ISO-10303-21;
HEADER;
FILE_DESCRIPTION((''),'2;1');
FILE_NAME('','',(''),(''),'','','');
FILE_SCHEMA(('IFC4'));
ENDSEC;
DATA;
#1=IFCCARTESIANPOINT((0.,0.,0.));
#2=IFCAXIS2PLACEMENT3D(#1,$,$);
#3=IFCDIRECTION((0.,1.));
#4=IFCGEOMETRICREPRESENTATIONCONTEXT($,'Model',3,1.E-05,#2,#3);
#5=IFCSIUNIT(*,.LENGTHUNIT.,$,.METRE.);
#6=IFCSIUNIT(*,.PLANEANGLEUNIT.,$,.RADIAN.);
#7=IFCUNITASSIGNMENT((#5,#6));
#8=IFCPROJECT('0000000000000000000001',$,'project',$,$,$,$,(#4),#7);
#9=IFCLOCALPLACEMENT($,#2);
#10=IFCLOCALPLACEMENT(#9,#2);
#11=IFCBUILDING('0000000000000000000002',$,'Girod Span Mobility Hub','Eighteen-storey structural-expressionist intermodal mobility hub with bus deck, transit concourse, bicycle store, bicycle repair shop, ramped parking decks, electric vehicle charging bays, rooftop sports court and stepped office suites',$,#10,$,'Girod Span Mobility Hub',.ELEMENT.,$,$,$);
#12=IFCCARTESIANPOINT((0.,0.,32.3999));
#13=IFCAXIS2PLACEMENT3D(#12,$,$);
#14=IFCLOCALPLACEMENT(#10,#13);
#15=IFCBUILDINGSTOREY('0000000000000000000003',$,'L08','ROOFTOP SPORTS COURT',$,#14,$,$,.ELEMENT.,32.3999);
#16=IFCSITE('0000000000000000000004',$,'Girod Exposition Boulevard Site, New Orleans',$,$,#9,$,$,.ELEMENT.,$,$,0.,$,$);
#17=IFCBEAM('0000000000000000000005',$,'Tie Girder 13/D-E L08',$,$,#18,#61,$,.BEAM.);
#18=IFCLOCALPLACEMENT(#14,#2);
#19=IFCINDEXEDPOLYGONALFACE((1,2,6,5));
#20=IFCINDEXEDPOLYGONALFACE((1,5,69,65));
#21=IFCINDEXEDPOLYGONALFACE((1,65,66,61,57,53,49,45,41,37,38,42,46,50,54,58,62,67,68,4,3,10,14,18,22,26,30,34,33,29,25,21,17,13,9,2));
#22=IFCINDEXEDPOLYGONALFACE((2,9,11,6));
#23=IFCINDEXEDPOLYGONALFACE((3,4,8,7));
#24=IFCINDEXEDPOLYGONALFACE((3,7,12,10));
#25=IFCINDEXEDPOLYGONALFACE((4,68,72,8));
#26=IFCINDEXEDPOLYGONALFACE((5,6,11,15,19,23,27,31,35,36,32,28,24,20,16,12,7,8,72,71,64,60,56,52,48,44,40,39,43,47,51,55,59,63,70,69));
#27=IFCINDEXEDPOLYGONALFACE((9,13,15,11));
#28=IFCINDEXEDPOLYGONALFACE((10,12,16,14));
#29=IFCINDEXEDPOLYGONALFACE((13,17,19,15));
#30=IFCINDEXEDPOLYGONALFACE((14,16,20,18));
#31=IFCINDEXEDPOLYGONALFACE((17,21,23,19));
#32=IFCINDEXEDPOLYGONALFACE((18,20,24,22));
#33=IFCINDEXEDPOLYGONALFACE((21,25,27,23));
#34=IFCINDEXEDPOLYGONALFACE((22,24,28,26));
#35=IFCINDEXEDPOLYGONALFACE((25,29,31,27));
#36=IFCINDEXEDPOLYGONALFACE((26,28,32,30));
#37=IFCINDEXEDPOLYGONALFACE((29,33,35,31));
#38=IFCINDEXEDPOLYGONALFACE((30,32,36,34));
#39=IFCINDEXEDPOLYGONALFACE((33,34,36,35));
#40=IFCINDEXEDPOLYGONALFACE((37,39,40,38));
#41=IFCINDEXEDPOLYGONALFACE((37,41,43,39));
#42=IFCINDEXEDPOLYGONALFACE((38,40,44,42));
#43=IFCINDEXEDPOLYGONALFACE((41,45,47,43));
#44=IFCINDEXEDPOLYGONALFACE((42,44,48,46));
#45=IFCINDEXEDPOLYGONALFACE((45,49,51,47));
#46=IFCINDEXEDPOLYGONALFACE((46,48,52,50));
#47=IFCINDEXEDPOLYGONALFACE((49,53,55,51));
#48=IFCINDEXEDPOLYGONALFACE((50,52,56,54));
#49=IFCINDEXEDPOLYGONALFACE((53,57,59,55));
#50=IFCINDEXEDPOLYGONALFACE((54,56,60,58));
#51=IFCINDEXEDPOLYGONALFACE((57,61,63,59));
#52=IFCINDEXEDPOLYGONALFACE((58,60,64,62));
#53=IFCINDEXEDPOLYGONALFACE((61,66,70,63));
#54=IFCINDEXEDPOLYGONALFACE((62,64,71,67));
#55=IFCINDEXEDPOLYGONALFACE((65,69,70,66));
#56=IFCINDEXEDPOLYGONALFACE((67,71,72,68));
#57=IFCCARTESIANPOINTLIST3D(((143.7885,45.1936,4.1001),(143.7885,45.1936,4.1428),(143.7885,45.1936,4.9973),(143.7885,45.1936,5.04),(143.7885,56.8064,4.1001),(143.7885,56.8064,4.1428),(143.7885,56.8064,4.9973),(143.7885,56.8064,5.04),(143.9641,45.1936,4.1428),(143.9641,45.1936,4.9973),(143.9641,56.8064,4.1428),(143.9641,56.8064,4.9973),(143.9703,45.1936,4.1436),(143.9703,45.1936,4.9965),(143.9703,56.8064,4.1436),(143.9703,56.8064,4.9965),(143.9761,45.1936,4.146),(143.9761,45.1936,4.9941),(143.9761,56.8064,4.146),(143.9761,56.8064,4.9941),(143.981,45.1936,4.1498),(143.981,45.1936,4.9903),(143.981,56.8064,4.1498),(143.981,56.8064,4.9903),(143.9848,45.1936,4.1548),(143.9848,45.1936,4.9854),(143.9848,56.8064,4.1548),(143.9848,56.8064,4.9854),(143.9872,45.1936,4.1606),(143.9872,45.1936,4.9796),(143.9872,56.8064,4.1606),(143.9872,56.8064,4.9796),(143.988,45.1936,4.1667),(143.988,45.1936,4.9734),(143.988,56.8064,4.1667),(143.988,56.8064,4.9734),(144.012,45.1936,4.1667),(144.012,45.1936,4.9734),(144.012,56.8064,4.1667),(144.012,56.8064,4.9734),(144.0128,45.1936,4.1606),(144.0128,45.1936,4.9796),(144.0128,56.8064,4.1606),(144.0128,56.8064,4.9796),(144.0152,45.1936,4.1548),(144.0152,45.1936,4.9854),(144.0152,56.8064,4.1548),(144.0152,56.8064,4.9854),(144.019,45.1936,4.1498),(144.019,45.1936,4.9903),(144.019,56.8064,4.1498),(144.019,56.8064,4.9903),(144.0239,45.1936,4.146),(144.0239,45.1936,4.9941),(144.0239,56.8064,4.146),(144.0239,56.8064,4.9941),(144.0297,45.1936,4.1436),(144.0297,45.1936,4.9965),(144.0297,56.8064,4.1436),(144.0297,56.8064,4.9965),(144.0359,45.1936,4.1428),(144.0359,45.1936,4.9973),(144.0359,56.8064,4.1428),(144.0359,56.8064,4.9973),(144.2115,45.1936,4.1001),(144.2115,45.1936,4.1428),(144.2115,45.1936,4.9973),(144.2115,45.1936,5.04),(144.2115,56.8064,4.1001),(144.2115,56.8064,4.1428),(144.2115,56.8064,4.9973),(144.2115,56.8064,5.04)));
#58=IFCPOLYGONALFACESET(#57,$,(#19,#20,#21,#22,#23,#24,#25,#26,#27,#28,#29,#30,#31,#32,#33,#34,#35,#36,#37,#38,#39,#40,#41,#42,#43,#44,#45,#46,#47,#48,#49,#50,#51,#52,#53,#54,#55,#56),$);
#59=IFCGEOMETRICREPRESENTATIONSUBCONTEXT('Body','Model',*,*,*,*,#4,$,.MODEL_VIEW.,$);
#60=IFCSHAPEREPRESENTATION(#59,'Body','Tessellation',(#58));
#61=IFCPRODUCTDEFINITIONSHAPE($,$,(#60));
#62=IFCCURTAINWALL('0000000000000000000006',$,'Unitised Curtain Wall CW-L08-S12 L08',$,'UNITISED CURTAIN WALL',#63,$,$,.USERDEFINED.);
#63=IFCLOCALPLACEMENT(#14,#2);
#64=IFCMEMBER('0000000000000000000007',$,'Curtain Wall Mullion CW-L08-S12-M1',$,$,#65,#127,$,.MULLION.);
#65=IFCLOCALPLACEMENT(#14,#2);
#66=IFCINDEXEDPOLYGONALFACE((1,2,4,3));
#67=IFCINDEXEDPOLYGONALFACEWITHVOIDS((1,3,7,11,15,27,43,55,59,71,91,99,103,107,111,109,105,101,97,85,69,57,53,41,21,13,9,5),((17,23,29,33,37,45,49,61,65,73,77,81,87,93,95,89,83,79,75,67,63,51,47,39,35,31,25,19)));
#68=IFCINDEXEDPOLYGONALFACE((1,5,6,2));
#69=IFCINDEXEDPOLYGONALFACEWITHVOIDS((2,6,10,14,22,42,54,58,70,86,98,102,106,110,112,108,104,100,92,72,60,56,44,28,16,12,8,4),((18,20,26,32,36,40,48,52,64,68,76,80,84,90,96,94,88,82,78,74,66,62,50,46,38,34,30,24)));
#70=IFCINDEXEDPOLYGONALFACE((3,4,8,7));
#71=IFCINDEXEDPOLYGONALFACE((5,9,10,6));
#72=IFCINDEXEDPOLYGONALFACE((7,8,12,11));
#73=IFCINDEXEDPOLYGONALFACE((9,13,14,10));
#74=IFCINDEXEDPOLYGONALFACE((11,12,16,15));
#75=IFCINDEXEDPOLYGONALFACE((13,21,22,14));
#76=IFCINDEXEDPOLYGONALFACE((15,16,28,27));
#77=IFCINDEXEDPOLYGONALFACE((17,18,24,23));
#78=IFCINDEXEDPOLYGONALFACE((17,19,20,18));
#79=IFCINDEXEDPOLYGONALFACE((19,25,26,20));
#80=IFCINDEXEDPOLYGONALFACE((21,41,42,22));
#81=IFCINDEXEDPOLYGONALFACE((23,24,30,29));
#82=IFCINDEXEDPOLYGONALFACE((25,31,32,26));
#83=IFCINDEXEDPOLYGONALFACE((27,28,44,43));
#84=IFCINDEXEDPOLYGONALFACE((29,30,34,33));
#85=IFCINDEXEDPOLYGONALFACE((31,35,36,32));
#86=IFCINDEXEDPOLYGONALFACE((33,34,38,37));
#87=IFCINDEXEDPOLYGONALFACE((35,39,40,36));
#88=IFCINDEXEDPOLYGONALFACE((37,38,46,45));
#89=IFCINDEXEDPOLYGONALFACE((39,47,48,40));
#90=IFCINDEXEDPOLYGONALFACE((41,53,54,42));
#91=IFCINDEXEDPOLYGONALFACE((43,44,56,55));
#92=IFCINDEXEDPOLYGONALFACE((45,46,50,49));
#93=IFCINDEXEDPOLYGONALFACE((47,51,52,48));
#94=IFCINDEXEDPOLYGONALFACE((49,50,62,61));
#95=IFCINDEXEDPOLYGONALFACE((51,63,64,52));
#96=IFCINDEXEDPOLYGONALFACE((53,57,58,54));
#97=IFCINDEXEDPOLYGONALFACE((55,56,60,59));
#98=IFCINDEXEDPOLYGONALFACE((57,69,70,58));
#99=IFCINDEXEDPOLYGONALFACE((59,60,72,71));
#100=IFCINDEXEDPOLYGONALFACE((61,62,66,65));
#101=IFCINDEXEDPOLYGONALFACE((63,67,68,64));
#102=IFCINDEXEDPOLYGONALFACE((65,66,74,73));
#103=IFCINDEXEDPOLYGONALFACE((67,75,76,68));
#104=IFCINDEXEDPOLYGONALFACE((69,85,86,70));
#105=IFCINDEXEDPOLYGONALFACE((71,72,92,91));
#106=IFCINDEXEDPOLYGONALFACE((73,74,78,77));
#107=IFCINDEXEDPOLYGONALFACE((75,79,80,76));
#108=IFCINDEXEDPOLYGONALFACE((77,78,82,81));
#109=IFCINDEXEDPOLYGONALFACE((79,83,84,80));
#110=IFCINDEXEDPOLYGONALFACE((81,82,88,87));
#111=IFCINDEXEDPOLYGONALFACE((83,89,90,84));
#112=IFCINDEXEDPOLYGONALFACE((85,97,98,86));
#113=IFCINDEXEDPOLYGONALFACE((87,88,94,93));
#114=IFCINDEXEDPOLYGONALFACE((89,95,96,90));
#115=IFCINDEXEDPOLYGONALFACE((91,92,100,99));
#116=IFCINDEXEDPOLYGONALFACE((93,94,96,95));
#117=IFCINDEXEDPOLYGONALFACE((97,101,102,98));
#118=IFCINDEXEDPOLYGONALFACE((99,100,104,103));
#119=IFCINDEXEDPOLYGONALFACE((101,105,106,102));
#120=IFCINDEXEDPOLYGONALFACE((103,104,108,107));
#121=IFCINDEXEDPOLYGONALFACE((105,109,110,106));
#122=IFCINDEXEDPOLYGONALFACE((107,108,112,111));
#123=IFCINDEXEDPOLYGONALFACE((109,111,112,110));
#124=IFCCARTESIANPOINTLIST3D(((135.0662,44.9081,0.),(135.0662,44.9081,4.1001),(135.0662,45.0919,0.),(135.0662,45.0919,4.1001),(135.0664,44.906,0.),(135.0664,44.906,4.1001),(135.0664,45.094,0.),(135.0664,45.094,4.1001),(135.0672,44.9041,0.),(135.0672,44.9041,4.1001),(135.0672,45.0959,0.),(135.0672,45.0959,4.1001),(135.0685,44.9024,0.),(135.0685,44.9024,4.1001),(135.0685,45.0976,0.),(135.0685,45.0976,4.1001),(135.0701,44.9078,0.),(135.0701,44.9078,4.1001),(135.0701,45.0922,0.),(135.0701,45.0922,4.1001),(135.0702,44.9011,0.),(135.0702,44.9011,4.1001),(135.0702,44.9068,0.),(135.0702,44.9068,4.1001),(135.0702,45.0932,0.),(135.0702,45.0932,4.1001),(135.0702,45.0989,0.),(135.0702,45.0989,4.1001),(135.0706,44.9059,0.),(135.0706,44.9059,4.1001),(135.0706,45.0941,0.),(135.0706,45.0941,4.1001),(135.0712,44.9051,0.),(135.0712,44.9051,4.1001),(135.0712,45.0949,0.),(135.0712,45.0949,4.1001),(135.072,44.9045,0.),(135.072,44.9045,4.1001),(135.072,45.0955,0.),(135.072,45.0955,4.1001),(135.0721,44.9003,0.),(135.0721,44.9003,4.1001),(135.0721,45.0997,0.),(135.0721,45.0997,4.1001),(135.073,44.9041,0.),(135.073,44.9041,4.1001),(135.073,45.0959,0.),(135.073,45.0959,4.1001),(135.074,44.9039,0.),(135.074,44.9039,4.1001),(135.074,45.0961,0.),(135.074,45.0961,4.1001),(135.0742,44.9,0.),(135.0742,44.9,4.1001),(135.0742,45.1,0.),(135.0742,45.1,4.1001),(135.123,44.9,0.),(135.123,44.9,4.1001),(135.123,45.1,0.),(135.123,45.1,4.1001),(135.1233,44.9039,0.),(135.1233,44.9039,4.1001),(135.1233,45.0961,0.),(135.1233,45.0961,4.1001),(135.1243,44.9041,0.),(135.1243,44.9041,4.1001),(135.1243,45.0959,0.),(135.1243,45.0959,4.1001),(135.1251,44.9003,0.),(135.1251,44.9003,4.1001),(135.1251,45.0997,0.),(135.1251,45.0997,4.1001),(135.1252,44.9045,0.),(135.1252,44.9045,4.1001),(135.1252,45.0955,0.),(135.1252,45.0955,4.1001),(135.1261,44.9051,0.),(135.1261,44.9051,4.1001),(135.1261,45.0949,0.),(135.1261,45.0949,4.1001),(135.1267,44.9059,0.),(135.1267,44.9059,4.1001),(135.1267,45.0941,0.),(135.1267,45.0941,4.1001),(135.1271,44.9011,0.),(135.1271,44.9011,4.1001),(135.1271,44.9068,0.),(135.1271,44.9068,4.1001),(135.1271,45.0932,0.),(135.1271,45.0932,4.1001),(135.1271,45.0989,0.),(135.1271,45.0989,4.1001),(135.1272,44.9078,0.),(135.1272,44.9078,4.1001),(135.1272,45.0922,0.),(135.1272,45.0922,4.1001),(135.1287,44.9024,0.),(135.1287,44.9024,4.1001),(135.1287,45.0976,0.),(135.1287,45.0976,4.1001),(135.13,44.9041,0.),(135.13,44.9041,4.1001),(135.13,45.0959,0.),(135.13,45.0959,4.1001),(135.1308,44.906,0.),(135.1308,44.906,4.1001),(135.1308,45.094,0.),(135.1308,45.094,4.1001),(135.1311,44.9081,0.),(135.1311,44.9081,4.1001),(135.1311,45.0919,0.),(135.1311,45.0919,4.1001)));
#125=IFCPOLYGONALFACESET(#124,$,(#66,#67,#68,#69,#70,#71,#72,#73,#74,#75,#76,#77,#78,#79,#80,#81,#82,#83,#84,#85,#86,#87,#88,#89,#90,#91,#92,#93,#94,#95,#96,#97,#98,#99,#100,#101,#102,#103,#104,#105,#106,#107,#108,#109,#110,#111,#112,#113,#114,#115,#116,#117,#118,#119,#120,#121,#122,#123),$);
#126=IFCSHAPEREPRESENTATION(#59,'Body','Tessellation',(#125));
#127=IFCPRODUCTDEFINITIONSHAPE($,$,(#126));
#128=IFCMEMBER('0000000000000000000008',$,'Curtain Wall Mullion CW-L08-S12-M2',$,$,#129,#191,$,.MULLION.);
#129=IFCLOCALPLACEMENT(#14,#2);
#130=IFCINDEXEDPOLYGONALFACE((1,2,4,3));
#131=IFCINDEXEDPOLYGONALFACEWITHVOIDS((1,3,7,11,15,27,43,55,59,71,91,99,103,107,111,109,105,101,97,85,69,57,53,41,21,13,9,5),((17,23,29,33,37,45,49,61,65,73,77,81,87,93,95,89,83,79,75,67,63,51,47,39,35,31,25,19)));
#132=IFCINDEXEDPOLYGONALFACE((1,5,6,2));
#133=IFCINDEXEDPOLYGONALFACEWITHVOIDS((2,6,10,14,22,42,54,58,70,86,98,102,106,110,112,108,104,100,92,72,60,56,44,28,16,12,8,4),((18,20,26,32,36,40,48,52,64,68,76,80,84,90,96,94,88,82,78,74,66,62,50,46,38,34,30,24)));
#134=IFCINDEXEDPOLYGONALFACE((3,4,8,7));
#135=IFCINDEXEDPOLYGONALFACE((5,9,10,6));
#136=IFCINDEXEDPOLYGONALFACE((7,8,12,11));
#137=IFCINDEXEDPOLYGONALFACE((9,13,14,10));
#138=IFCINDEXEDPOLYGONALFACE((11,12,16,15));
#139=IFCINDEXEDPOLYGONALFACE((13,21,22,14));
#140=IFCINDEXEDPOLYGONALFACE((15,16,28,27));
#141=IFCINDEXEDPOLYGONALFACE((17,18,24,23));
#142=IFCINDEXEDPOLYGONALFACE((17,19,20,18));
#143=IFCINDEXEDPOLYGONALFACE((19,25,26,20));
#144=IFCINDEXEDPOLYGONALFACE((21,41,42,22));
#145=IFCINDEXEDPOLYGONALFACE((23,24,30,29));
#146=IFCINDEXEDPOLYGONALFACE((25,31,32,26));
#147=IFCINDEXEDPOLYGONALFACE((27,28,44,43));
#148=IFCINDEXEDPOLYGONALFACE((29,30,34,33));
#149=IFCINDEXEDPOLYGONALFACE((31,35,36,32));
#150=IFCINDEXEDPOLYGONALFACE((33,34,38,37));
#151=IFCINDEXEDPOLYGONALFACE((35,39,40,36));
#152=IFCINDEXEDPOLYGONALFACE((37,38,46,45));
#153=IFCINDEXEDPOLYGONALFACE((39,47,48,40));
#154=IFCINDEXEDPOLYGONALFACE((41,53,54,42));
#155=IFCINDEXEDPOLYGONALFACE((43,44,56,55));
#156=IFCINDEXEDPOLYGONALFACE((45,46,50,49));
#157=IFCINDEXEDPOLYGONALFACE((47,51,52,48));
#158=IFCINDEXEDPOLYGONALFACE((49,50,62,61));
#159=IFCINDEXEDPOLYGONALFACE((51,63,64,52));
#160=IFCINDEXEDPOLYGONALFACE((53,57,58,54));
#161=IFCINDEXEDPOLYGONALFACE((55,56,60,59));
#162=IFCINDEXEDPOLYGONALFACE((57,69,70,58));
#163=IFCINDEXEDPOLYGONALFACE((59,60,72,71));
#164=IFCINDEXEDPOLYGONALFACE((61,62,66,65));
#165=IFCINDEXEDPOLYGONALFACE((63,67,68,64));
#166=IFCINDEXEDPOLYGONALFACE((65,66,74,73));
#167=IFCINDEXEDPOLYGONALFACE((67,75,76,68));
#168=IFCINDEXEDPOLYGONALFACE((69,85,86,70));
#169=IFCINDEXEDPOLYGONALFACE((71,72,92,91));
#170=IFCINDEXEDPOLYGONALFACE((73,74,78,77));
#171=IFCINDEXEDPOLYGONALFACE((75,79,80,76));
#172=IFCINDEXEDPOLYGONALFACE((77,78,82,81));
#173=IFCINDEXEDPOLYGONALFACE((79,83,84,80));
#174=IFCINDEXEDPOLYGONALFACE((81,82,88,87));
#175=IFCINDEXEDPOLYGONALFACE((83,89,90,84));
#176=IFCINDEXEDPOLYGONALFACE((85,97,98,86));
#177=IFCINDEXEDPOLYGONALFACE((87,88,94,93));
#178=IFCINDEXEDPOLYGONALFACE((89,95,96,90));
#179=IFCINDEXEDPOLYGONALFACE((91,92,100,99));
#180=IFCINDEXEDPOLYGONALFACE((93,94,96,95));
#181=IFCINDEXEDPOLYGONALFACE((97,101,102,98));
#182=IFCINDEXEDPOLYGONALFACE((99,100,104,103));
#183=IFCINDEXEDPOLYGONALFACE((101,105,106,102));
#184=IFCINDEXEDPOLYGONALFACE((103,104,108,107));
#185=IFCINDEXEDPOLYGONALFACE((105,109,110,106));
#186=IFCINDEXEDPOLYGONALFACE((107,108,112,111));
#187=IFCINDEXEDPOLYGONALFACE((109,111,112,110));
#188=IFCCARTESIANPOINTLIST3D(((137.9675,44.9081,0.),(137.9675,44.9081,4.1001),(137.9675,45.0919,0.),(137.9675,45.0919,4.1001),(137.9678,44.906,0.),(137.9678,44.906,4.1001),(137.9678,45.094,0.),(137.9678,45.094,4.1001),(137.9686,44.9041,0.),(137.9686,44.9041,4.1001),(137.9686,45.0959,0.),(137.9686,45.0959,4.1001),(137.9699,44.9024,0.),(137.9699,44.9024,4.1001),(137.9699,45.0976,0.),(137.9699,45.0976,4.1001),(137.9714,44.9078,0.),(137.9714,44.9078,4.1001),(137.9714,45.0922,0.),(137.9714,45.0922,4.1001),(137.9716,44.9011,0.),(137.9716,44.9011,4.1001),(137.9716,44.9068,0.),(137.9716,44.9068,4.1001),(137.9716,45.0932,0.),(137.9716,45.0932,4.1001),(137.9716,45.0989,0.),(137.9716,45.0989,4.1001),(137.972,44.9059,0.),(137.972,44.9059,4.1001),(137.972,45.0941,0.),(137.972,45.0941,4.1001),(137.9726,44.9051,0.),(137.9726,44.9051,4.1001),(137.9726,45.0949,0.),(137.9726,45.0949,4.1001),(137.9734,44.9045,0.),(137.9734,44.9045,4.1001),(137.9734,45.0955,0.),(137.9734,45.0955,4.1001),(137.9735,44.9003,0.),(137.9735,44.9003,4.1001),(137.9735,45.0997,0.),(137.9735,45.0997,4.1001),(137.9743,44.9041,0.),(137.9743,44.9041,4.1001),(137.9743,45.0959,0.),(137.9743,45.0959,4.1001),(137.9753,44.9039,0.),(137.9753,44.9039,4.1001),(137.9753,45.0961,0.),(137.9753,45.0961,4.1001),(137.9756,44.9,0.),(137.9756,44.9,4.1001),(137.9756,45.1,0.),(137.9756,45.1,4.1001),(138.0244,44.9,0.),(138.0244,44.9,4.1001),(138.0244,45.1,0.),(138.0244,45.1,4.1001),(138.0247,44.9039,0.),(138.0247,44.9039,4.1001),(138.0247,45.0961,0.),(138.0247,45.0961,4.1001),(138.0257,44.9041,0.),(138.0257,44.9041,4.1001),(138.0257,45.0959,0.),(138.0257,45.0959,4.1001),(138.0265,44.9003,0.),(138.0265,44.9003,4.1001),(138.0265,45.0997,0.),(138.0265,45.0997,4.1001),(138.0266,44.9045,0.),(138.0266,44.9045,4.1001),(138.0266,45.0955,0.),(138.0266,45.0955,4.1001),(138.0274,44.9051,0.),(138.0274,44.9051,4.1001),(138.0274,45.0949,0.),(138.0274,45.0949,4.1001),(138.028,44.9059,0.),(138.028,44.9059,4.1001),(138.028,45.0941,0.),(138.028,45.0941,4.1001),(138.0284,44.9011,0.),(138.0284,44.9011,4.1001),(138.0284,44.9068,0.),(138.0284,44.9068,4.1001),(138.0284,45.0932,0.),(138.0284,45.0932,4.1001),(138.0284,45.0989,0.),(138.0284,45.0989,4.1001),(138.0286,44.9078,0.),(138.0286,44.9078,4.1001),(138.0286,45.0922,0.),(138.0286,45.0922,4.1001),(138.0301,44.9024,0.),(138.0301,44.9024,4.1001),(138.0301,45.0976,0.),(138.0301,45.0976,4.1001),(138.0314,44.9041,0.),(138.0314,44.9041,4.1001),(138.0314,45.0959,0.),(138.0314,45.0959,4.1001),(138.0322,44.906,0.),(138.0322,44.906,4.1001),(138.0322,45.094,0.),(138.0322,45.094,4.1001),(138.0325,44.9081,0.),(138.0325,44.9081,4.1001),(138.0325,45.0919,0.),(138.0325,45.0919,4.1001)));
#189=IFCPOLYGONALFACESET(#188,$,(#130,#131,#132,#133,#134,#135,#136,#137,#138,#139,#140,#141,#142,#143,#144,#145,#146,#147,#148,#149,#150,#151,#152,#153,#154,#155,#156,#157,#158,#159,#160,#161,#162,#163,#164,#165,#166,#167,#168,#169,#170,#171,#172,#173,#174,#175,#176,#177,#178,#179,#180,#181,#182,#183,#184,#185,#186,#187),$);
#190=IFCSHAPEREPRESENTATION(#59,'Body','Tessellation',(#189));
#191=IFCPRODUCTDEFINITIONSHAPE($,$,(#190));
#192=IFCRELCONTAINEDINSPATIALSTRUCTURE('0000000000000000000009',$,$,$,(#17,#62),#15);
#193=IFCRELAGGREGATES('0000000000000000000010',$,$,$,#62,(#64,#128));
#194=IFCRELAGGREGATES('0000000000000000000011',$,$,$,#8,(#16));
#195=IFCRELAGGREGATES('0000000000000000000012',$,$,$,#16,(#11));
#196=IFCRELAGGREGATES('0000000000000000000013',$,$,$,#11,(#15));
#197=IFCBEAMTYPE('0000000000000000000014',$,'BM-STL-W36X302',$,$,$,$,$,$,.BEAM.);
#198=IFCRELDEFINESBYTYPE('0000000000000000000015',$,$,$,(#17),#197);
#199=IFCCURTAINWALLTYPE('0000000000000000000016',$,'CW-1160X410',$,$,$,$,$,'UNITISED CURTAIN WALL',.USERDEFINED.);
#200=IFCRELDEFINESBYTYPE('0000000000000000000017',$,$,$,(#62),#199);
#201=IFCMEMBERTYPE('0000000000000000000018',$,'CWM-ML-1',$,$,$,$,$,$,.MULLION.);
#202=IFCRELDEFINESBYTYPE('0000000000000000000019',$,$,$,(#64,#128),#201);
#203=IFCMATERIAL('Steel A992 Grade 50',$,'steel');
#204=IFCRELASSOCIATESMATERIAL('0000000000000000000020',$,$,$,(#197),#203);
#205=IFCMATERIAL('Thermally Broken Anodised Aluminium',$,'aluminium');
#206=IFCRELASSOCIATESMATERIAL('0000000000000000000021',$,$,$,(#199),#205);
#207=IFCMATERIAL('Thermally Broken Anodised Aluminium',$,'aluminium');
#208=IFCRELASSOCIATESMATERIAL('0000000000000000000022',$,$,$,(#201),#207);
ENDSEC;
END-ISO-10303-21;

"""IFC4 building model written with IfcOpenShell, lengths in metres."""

from ifc_helpers import new_model, si_unit, direction, frame, origin, origin_2d, place, context, subcontext, project, spatial, hollow_rectangle, i_section, extrude, material, material_profile, profile_set, type_object, element, aggregate, save


model = new_model("IFC4")

# Units and contexts
model_context = context("Model", 3, precision=1e-05, world=origin(), true_north=direction((0.0, 1.0)))
body_context = subcontext(model_context, "Body", "Model", "MODEL_VIEW")
ifc_project = project(units=[si_unit("LENGTHUNIT", "METRE"), si_unit("PLANEANGLEUNIT", "RADIAN")], contexts=[model_context])

# Site, building, storey
site_placement = place(None, origin())
site = spatial("IfcSite", under=ifc_project, at=site_placement, Name="Girod Exposition Boulevard Site, New Orleans", CompositionType="ELEMENT", RefElevation=0.0)
building_placement = place(site_placement, origin())
building = spatial("IfcBuilding", under=site, at=building_placement, Name="Girod Span Mobility Hub", Description="Eighteen-storey structural-expressionist intermodal mobility hub with bus deck, transit concourse, bicycle store, bicycle repair shop, ramped parking decks, electric vehicle charging bays, rooftop sports court and stepped office suites", LongName="Girod Span Mobility Hub", CompositionType="ELEMENT")
storey_placement = place(building_placement, frame((0.0, 0.0, 32.3999)))
storey = spatial("IfcBuildingStorey", under=building, at=storey_placement, Name="L08", Description="ROOFTOP SPORTS COURT", CompositionType="ELEMENT", Elevation=32.3999)

# Beam
ifc_material_1 = material(Name="Steel A992 Grade 50", Category="steel")
ifc_material_profile_1 = material_profile(ifc_material_1, i_section(OverallWidth=0.4231, OverallDepth=0.9399, WebThickness=0.0239, FlangeThickness=0.0427, FilletRadius=0.0239, at=origin_2d()), Name="W36X302")
ifc_profile_set_1 = profile_set([ifc_material_profile_1], Name="Steel A992 Grade 50")
beam_type_1 = type_object("IfcBeamType", Name="BM-STL-W36X302", PredefinedType="BEAM", material=ifc_profile_set_1)
for number, where, z_axis, x_axis, name in (
    (1, (144.0, 45.1936, 4.5701), (0.0, 1.0, 0.0), (-1.0, 0.0, 0.0), "Tie Girder 13/D-E L08"),
):
    element("IfcBeam", number, at=place(storey_placement, frame(where, z_axis=z_axis, x_axis=x_axis)), inside=storey, type_object=beam_type_1, Name=name, PredefinedType="BEAM", context=body_context, shape_type="SweptSolid", body=[
        extrude(i_section(OverallWidth=0.4231, OverallDepth=0.9399, WebThickness=0.0239, FlangeThickness=0.0427, FilletRadius=0.0239, at=origin_2d()), origin(), (0.0, 0.0, 1.0), 11.6128),
    ])

# Curtain wall, members
ifc_material_2 = material(Name="Thermally Broken Anodised Aluminium", Category="aluminium")
curtain_wall_type_1 = type_object("IfcCurtainWallType", Name="CW-1160X410", ElementType="UNITISED CURTAIN WALL", PredefinedType="USERDEFINED", material=ifc_material_2)
curtain_wall_1_placement = place(storey_placement, origin())
curtain_wall_1 = element("IfcCurtainWall", 2, at=curtain_wall_1_placement, inside=storey, type_object=curtain_wall_type_1, Name="Unitised Curtain Wall CW-L08-S12 L08", ObjectType="UNITISED CURTAIN WALL", PredefinedType="USERDEFINED")
ifc_material_3 = material(Name="Thermally Broken Anodised Aluminium", Category="aluminium")
ifc_material_profile_2 = material_profile(ifc_material_3, hollow_rectangle(XDim=0.2, YDim=0.0649, WallThickness=0.0039, InnerFilletRadius=0.0039, OuterFilletRadius=0.0081, at=origin_2d()), Name="CW-ML-65X200")
ifc_profile_set_2 = profile_set([ifc_material_profile_2], Name="Thermally Broken Anodised Aluminium")
member_type_1 = type_object("IfcMemberType", Name="CWM-ML-1", PredefinedType="MULLION", material=ifc_profile_set_2)
member_1_placement = place(storey_placement, frame((135.0986, 45.0, 0.0), z_axis=(0.0, 0.0, 1.0), x_axis=(0.0, 1.0, 0.0)))
member_1 = element("IfcMember", 3, at=member_1_placement, type_object=member_type_1, Name="Curtain Wall Mullion CW-L08-S12-M1", PredefinedType="MULLION", context=body_context, shape_type="SweptSolid", body=[
    extrude(hollow_rectangle(XDim=0.2, YDim=0.0649, WallThickness=0.0039, InnerFilletRadius=0.0039, OuterFilletRadius=0.0081, at=origin_2d()), origin(), (0.0, 0.0, 1.0), 4.1001),
])
member_2_placement = place(storey_placement, frame((138.0, 45.0, 0.0), z_axis=(0.0, 0.0, 1.0), x_axis=(0.0, 1.0, 0.0)))
member_2 = element("IfcMember", 4, at=member_2_placement, type_object=member_type_1, Name="Curtain Wall Mullion CW-L08-S12-M2", PredefinedType="MULLION", context=body_context, shape_type="SweptSolid", body=[
    extrude(hollow_rectangle(XDim=0.2, YDim=0.0649, WallThickness=0.0039, InnerFilletRadius=0.0039, OuterFilletRadius=0.0081, at=origin_2d()), origin(), (0.0, 0.0, 1.0), 4.1001),
])

aggregate(curtain_wall_1, [member_1, member_2])

save(model, "model.ifc")
